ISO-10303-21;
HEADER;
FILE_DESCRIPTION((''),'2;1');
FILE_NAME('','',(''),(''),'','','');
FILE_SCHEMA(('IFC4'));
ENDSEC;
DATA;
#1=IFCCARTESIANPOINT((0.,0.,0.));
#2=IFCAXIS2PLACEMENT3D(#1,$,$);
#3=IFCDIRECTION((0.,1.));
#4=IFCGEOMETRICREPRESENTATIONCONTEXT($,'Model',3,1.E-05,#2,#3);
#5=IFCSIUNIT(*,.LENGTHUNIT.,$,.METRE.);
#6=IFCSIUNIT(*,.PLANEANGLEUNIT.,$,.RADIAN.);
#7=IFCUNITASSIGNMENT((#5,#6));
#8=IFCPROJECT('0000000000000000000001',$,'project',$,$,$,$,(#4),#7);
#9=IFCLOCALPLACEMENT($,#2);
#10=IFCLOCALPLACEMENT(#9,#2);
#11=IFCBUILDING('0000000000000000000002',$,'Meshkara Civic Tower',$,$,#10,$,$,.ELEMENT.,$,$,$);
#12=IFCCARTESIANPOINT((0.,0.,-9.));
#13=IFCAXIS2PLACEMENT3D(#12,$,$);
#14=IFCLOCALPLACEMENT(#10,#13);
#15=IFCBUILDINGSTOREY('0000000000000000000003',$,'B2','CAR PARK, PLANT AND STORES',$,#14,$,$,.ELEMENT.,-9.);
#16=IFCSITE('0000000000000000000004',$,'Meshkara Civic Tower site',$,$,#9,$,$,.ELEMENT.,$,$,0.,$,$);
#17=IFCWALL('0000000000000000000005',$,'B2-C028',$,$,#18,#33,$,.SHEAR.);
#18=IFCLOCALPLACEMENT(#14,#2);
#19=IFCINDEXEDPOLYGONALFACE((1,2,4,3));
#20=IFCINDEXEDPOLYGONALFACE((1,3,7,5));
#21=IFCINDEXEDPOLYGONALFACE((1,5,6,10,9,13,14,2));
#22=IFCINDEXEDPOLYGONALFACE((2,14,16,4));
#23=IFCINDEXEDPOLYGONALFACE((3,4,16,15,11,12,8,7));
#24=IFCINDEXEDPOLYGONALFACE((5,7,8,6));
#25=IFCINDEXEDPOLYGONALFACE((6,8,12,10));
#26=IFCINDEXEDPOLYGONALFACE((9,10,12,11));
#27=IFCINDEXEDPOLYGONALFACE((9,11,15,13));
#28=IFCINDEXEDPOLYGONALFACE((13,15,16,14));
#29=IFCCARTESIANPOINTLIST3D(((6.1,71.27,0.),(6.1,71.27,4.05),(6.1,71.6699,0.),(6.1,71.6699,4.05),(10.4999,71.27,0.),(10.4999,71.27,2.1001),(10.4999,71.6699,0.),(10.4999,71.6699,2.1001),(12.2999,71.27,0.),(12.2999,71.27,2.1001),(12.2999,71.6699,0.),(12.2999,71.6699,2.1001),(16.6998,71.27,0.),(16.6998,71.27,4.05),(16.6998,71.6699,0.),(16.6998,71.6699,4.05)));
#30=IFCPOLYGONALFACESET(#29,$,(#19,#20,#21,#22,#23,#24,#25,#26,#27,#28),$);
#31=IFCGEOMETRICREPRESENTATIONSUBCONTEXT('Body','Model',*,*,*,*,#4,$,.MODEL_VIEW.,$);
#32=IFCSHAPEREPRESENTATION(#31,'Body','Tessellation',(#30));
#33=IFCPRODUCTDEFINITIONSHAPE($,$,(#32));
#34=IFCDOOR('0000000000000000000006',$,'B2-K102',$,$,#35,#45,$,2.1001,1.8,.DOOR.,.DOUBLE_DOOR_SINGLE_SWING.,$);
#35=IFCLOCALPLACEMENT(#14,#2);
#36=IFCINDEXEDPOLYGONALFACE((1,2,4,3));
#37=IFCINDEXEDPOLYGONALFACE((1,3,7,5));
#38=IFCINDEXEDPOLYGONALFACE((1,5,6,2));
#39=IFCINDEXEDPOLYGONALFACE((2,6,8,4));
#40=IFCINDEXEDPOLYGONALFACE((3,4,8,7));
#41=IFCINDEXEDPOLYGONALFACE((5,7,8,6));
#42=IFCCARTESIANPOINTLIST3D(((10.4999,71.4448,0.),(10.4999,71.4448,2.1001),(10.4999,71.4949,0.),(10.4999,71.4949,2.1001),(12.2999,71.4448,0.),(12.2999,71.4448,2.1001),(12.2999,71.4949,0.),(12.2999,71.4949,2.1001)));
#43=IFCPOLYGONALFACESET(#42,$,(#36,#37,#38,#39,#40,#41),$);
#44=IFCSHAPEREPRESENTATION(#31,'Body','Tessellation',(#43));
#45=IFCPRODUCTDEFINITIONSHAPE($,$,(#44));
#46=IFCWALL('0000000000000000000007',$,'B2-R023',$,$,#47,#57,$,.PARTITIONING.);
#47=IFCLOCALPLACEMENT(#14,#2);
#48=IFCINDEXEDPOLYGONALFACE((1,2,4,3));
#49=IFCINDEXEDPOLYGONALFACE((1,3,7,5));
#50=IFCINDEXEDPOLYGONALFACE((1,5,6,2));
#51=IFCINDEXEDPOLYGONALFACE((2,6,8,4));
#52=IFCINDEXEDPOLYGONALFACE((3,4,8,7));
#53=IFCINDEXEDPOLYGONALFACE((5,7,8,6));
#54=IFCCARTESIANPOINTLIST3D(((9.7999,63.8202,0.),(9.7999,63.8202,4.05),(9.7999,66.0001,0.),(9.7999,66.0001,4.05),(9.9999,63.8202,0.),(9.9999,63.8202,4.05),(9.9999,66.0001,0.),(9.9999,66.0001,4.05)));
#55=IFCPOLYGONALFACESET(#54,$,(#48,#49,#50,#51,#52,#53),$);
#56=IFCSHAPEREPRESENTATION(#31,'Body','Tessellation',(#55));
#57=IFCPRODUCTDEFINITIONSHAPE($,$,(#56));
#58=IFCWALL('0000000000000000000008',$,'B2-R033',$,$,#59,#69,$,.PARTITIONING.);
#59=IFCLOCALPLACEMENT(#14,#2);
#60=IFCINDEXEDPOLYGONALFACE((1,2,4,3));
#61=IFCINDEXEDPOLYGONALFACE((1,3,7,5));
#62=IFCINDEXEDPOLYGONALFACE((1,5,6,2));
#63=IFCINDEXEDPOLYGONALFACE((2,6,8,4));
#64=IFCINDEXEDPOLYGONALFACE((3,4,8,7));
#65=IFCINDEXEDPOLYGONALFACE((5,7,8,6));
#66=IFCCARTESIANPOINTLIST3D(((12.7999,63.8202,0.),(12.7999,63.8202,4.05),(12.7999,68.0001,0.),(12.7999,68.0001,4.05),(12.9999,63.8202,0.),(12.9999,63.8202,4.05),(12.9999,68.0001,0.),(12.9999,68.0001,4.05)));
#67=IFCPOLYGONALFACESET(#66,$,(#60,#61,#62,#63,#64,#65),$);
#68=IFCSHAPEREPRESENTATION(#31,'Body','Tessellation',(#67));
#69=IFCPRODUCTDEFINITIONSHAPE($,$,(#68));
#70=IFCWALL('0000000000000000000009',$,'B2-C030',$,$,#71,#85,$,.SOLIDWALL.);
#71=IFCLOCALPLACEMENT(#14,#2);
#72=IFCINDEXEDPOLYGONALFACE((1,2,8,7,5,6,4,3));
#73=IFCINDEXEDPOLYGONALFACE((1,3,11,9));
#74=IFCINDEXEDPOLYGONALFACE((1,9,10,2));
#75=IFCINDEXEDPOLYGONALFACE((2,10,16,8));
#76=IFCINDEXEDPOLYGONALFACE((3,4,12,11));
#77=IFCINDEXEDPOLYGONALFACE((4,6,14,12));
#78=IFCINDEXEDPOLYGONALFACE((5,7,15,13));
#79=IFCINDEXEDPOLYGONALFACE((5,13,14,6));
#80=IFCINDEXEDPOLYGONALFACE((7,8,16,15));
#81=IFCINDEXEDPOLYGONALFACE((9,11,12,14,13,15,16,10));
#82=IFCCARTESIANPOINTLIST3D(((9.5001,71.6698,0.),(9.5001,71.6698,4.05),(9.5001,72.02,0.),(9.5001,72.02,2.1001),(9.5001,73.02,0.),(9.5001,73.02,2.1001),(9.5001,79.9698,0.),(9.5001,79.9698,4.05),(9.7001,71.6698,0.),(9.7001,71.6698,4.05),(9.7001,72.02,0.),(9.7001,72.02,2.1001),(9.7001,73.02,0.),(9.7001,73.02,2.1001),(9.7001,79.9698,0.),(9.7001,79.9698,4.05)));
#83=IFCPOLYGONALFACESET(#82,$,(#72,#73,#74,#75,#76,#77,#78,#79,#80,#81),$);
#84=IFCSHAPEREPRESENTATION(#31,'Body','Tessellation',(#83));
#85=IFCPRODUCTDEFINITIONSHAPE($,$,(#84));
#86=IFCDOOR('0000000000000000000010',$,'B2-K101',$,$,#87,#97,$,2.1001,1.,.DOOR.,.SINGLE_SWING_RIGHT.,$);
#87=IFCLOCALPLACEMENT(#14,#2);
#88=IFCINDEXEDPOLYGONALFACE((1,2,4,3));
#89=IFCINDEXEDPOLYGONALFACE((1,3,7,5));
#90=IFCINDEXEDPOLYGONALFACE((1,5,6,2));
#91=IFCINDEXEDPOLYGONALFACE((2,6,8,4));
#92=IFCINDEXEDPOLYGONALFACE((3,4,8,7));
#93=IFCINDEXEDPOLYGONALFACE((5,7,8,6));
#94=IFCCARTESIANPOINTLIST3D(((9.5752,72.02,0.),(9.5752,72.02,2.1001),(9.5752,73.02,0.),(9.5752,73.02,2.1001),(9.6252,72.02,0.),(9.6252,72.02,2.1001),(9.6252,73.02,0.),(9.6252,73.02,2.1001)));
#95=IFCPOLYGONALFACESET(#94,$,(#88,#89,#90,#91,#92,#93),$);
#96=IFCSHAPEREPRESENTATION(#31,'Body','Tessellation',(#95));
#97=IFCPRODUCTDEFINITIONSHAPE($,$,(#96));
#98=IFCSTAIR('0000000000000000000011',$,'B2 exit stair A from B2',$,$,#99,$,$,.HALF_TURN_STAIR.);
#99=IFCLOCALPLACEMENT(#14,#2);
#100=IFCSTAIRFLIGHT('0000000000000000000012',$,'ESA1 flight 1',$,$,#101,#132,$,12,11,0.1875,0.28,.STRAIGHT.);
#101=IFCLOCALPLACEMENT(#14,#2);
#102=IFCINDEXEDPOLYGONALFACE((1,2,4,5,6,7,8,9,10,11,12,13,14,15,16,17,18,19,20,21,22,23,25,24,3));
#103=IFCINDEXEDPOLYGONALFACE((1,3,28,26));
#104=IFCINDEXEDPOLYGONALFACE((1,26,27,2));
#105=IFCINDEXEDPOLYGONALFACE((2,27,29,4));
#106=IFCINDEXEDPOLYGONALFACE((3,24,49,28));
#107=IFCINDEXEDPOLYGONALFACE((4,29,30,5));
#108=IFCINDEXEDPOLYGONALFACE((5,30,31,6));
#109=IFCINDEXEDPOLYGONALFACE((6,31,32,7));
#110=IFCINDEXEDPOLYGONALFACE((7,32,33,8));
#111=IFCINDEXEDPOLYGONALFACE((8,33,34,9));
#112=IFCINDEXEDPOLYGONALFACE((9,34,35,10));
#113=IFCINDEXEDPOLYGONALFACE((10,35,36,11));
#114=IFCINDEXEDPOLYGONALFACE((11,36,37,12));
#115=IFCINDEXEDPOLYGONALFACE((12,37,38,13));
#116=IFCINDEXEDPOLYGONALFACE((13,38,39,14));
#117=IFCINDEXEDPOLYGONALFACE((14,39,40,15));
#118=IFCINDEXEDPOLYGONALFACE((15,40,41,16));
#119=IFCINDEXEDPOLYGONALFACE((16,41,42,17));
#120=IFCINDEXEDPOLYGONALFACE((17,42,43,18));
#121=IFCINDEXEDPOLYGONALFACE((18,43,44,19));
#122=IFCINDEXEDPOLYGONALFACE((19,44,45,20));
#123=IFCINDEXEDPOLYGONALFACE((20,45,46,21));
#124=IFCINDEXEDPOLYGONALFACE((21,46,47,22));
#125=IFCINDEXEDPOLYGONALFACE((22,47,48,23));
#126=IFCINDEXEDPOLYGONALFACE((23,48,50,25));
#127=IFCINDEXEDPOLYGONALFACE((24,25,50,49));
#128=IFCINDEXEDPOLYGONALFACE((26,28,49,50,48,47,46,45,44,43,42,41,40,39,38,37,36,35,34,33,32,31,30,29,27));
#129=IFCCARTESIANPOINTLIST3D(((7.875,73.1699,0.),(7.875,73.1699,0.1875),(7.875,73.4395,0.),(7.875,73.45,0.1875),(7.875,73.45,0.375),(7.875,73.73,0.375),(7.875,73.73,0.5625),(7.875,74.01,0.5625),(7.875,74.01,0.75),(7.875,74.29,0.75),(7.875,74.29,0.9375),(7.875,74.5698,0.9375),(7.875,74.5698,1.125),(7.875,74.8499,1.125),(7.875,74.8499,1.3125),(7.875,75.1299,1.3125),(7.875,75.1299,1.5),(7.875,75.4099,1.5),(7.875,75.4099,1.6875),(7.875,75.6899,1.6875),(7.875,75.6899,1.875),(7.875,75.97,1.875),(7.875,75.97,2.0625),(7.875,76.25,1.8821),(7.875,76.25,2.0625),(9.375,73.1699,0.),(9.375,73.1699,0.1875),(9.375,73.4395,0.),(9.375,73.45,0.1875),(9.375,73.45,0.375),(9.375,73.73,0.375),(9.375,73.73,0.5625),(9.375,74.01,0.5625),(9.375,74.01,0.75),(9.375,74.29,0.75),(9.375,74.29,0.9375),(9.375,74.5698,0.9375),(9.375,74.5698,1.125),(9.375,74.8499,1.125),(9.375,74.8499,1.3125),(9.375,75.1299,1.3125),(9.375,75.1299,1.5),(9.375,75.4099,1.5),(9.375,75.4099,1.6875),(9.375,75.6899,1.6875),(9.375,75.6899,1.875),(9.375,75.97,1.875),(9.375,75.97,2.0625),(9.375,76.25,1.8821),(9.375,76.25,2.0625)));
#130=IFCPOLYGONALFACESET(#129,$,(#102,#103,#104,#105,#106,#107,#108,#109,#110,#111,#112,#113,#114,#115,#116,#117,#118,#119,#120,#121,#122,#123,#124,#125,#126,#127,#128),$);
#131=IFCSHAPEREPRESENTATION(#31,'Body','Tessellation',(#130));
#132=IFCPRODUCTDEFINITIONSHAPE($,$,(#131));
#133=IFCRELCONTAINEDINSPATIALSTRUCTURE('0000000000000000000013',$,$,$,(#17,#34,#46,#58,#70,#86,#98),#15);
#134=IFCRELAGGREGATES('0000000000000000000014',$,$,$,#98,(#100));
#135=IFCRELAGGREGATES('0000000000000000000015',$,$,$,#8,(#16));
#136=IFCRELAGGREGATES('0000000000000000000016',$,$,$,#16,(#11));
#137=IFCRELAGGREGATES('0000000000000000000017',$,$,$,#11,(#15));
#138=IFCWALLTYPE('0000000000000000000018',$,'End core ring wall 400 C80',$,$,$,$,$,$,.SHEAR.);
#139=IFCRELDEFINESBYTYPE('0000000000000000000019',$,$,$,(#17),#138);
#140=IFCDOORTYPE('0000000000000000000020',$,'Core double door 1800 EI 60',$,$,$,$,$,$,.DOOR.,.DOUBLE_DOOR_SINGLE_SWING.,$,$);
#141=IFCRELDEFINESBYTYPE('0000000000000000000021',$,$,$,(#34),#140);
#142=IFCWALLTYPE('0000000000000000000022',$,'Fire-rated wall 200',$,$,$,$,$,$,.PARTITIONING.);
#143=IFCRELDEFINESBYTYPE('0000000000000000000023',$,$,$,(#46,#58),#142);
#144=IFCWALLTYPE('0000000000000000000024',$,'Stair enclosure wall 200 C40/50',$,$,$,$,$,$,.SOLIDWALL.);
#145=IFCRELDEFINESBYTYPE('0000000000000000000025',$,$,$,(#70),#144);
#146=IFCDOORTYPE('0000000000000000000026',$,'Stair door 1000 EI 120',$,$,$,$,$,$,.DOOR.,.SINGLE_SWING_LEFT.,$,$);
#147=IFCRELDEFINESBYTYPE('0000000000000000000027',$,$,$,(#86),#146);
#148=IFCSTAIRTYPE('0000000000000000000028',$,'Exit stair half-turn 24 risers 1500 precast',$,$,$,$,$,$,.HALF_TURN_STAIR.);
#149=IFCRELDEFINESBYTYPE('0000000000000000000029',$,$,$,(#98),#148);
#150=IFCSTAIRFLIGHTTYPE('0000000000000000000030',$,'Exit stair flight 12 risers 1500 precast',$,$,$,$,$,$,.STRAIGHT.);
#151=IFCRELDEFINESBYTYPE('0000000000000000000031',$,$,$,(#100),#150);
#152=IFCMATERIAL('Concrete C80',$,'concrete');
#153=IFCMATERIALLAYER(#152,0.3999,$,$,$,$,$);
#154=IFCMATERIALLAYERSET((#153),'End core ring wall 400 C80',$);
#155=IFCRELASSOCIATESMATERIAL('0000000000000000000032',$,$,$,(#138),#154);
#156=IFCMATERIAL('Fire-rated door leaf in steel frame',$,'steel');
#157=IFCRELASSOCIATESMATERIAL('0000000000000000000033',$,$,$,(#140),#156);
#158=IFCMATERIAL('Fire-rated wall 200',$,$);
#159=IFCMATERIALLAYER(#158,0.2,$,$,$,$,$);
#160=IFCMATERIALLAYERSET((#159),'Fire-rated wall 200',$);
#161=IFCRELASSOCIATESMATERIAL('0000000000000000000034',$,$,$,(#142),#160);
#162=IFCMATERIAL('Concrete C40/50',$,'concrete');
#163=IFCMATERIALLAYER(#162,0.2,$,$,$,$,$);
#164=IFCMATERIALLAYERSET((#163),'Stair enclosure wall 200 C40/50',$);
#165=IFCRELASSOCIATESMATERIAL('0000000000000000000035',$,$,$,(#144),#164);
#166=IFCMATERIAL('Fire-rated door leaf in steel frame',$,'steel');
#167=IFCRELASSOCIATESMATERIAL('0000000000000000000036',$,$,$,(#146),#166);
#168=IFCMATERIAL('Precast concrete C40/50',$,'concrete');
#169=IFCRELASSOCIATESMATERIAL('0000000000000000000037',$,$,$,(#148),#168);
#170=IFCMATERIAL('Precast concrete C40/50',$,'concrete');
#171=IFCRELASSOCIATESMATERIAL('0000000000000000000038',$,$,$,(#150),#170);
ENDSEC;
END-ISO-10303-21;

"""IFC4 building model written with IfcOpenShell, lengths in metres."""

from ifc_helpers import new_model, si_unit, direction, frame, frame_2d, origin, place, context, subcontext, project, spatial, polyline, rectangle, outline, extrude, material, layer, layer_set, type_object, element, fill, aggregate, save


model = new_model("IFC4")

# Units and contexts
model_context = context("Model", 3, precision=1e-05, world=origin(), true_north=direction((0.0, 1.0)))
body_context = subcontext(model_context, "Body", "Model", "MODEL_VIEW")
ifc_project = project(units=[si_unit("LENGTHUNIT", "METRE"), si_unit("PLANEANGLEUNIT", "RADIAN")], contexts=[model_context])

# Site, building, storey
site_placement = place(None, origin())
site = spatial("IfcSite", under=ifc_project, at=site_placement, Name="Meshkara Civic Tower site", CompositionType="ELEMENT", RefElevation=0.0)
building_placement = place(site_placement, origin())
building = spatial("IfcBuilding", under=site, at=building_placement, Name="Meshkara Civic Tower", CompositionType="ELEMENT")
storey_placement = place(building_placement, frame((0.0, 0.0, -9.0)))
storey = spatial("IfcBuildingStorey", under=building, at=storey_placement, Name="B2", Description="CAR PARK, PLANT AND STORES", CompositionType="ELEMENT", Elevation=-9.0)

# Shared definitions
ifc_material_1 = material(Name="Concrete C80", Category="concrete")
ifc_layer_1 = layer(ifc_material_1, 0.3999)
ifc_layer_set_1 = layer_set([ifc_layer_1], Name="End core ring wall 400 C80")
wall_type_1 = type_object("IfcWallType", Name="End core ring wall 400 C80", PredefinedType="SHEAR", material=ifc_layer_set_1)

# Wall, opening, door
wall_1_placement = place(storey_placement, frame((6.1001, 71.47, 0.0), z_axis=(0.0, 0.0, 1.0), x_axis=(1.0, 0.0, 0.0)))
wall_1 = element("IfcWall", 1, at=wall_1_placement, inside=storey, type_object=wall_type_1, Name="B2-C028", PredefinedType="SHEAR", context=body_context, shape_type="SweptSolid", body=[
    extrude(rectangle(XDim=10.5999, YDim=0.3999, at=frame_2d((5.2998, 0.0))), origin(), (0.0, 0.0, 1.0), 4.05),
])
opening_1_placement = place(wall_1_placement, frame((4.3999, 0.0, 0.0)))
opening_1 = element("IfcOpeningElement", 2, at=opening_1_placement, cuts=wall_1, PredefinedType="OPENING", context=body_context, shape_type="SweptSolid", body=[
    extrude(rectangle(XDim=1.8, YDim=2.1001, at=frame_2d((0.8999, 1.05))), frame((0.0, 0.21, 0.0), z_axis=(0.0, -1.0, 0.0), x_axis=(1.0, 0.0, 0.0)), (0.0, 0.0, 1.0), 0.4199),
])
ifc_material_2 = material(Name="Fire-rated door leaf in steel frame", Category="steel")
door_type_1 = type_object("IfcDoorType", Name="Core double door 1800 EI 60", OperationType="DOUBLE_DOOR_SINGLE_SWING", PredefinedType="DOOR", material=ifc_material_2)
door_1_placement = place(opening_1_placement, origin())
door_1 = element("IfcDoor", 3, at=door_1_placement, inside=storey, type_object=door_type_1, Name="B2-K102", OperationType="DOUBLE_DOOR_SINGLE_SWING", OverallHeight=2.1001, OverallWidth=1.8, PredefinedType="DOOR", context=body_context, shape_type="SweptSolid", body=[
    extrude(rectangle(XDim=1.8, YDim=2.1001, at=frame_2d((0.8999, 1.05))), frame((0.0, 0.0249, 0.0), z_axis=(0.0, -1.0, 0.0), x_axis=(1.0, 0.0, 0.0)), (0.0, 0.0, 1.0), 0.05),
])
fill(opening_1, door_1)

# Walls
ifc_material_3 = material(Name="Fire-rated wall 200")
ifc_layer_2 = layer(ifc_material_3, 0.2)
ifc_layer_set_2 = layer_set([ifc_layer_2], Name="Fire-rated wall 200")
wall_type_2 = type_object("IfcWallType", Name="Fire-rated wall 200", PredefinedType="PARTITIONING", material=ifc_layer_set_2)
wall_2_placement = place(storey_placement, frame((9.8999, 66.0, 0.0), z_axis=(0.0, 0.0, 1.0), x_axis=(0.0, -1.0, 0.0)))
element("IfcWall", 4, at=wall_2_placement, inside=storey, type_object=wall_type_2, Name="B2-R023", PredefinedType="PARTITIONING", context=body_context, shape_type="SweptSolid", body=[
    extrude(rectangle(XDim=2.1799, YDim=0.2, at=frame_2d((1.0898, 0.0))), origin(), (0.0, 0.0, 1.0), 4.05),
])
wall_3_placement = place(storey_placement, frame((12.8999, 68.0, 0.0), z_axis=(0.0, 0.0, 1.0), x_axis=(0.0, -1.0, 0.0)))
element("IfcWall", 5, at=wall_3_placement, inside=storey, type_object=wall_type_2, Name="B2-R033", PredefinedType="PARTITIONING", context=body_context, shape_type="SweptSolid", body=[
    extrude(rectangle(XDim=4.1799, YDim=0.2, at=frame_2d((2.0898, 0.0))), origin(), (0.0, 0.0, 1.0), 4.05),
])

# Wall, opening, door
ifc_material_4 = material(Name="Concrete C40/50", Category="concrete")
ifc_layer_3 = layer(ifc_material_4, 0.2)
ifc_layer_set_3 = layer_set([ifc_layer_3], Name="Stair enclosure wall 200 C40/50")
wall_type_3 = type_object("IfcWallType", Name="Stair enclosure wall 200 C40/50", PredefinedType="SOLIDWALL", material=ifc_layer_set_3)
wall_4_placement = place(storey_placement, frame((9.6001, 71.6699, 0.0), z_axis=(0.0, 0.0, 1.0), x_axis=(0.0, 1.0, 0.0)))
wall_4 = element("IfcWall", 6, at=wall_4_placement, inside=storey, type_object=wall_type_3, Name="B2-C030", PredefinedType="SOLIDWALL", context=body_context, shape_type="SweptSolid", body=[
    extrude(rectangle(XDim=8.3, YDim=0.2, at=frame_2d((4.1499, 0.0))), origin(), (0.0, 0.0, 1.0), 4.05),
])
opening_2_placement = place(wall_4_placement, frame((0.3501, 0.0, 0.0)))
opening_2 = element("IfcOpeningElement", 7, at=opening_2_placement, cuts=wall_4, PredefinedType="OPENING", context=body_context, shape_type="SweptSolid", body=[
    extrude(rectangle(XDim=1.0, YDim=2.1001, at=frame_2d((0.5, 1.05))), frame((0.0, 0.1099, 0.0), z_axis=(0.0, -1.0, 0.0), x_axis=(1.0, 0.0, 0.0)), (0.0, 0.0, 1.0), 0.22),
])
ifc_material_5 = material(Name="Fire-rated door leaf in steel frame", Category="steel")
door_type_2 = type_object("IfcDoorType", Name="Stair door 1000 EI 120", OperationType="SINGLE_SWING_LEFT", PredefinedType="DOOR", material=ifc_material_5)
door_2_placement = place(opening_2_placement, origin())
door_2 = element("IfcDoor", 8, at=door_2_placement, inside=storey, type_object=door_type_2, Name="B2-K101", OperationType="SINGLE_SWING_RIGHT", OverallHeight=2.1001, OverallWidth=1.0, PredefinedType="DOOR", context=body_context, shape_type="SweptSolid", body=[
    extrude(rectangle(XDim=1.0, YDim=2.1001, at=frame_2d((0.5, 1.05))), frame((0.0, 0.0249, 0.0), z_axis=(0.0, -1.0, 0.0), x_axis=(1.0, 0.0, 0.0)), (0.0, 0.0, 1.0), 0.05),
])
fill(opening_2, door_2)

# Stair, stair flight
ifc_material_6 = material(Name="Precast concrete C40/50", Category="concrete")
stair_type = type_object("IfcStairType", Name="Exit stair half-turn 24 risers 1500 precast", PredefinedType="HALF_TURN_STAIR", material=ifc_material_6)
stair_placement = place(storey_placement, origin())
stair = element("IfcStair", 9, at=stair_placement, inside=storey, type_object=stair_type, Name="B2 exit stair A from B2", PredefinedType="HALF_TURN_STAIR")
ifc_material_7 = material(Name="Precast concrete C40/50", Category="concrete")
stair_flight_type = type_object("IfcStairFlightType", Name="Exit stair flight 12 risers 1500 precast", PredefinedType="STRAIGHT", material=ifc_material_7)
stair_flight_placement = place(storey_placement, frame((8.625, 73.1699, 0.0), z_axis=(0.0, 0.0, 1.0), x_axis=(0.0, 1.0, 0.0)))
stair_flight = element("IfcStairFlight", 10, at=stair_flight_placement, type_object=stair_flight_type, Name="ESA1 flight 1", NumberOfRisers=12, NumberOfTreads=11, PredefinedType="STRAIGHT", RiserHeight=0.1875, TreadLength=0.28, context=body_context, shape_type="SweptSolid", body=[
    extrude(outline(polyline([(0.0, 0.0), (0.0, 0.1875), (0.28, 0.1875), (0.28, 0.375), (0.5601, 0.375), (0.5601, 0.5625), (0.8401, 0.5625), (0.8401, 0.75), (1.1201, 0.75), (1.1201, 0.9375), (1.3999, 0.9375), (1.3999, 1.125), (1.6799, 1.125), (1.6799, 1.3125), (1.96, 1.3125), (1.96, 1.5), (2.24, 1.5), (2.24, 1.6875), (2.52, 1.6875), (2.52, 1.875), (2.8, 1.875), (2.8, 2.0625), (3.0801, 2.0625), (3.0801, 2.25), (3.0801, 1.8821), (0.2695, 0.0), (0.0, 0.0)])), frame((0.0, 0.75, 0.0), z_axis=(0.0, -1.0, 0.0), x_axis=(1.0, 0.0, 0.0)), (0.0, 0.0, 1.0), 1.5),
])
aggregate(stair, [stair_flight])

save(model, "model.ifc")
